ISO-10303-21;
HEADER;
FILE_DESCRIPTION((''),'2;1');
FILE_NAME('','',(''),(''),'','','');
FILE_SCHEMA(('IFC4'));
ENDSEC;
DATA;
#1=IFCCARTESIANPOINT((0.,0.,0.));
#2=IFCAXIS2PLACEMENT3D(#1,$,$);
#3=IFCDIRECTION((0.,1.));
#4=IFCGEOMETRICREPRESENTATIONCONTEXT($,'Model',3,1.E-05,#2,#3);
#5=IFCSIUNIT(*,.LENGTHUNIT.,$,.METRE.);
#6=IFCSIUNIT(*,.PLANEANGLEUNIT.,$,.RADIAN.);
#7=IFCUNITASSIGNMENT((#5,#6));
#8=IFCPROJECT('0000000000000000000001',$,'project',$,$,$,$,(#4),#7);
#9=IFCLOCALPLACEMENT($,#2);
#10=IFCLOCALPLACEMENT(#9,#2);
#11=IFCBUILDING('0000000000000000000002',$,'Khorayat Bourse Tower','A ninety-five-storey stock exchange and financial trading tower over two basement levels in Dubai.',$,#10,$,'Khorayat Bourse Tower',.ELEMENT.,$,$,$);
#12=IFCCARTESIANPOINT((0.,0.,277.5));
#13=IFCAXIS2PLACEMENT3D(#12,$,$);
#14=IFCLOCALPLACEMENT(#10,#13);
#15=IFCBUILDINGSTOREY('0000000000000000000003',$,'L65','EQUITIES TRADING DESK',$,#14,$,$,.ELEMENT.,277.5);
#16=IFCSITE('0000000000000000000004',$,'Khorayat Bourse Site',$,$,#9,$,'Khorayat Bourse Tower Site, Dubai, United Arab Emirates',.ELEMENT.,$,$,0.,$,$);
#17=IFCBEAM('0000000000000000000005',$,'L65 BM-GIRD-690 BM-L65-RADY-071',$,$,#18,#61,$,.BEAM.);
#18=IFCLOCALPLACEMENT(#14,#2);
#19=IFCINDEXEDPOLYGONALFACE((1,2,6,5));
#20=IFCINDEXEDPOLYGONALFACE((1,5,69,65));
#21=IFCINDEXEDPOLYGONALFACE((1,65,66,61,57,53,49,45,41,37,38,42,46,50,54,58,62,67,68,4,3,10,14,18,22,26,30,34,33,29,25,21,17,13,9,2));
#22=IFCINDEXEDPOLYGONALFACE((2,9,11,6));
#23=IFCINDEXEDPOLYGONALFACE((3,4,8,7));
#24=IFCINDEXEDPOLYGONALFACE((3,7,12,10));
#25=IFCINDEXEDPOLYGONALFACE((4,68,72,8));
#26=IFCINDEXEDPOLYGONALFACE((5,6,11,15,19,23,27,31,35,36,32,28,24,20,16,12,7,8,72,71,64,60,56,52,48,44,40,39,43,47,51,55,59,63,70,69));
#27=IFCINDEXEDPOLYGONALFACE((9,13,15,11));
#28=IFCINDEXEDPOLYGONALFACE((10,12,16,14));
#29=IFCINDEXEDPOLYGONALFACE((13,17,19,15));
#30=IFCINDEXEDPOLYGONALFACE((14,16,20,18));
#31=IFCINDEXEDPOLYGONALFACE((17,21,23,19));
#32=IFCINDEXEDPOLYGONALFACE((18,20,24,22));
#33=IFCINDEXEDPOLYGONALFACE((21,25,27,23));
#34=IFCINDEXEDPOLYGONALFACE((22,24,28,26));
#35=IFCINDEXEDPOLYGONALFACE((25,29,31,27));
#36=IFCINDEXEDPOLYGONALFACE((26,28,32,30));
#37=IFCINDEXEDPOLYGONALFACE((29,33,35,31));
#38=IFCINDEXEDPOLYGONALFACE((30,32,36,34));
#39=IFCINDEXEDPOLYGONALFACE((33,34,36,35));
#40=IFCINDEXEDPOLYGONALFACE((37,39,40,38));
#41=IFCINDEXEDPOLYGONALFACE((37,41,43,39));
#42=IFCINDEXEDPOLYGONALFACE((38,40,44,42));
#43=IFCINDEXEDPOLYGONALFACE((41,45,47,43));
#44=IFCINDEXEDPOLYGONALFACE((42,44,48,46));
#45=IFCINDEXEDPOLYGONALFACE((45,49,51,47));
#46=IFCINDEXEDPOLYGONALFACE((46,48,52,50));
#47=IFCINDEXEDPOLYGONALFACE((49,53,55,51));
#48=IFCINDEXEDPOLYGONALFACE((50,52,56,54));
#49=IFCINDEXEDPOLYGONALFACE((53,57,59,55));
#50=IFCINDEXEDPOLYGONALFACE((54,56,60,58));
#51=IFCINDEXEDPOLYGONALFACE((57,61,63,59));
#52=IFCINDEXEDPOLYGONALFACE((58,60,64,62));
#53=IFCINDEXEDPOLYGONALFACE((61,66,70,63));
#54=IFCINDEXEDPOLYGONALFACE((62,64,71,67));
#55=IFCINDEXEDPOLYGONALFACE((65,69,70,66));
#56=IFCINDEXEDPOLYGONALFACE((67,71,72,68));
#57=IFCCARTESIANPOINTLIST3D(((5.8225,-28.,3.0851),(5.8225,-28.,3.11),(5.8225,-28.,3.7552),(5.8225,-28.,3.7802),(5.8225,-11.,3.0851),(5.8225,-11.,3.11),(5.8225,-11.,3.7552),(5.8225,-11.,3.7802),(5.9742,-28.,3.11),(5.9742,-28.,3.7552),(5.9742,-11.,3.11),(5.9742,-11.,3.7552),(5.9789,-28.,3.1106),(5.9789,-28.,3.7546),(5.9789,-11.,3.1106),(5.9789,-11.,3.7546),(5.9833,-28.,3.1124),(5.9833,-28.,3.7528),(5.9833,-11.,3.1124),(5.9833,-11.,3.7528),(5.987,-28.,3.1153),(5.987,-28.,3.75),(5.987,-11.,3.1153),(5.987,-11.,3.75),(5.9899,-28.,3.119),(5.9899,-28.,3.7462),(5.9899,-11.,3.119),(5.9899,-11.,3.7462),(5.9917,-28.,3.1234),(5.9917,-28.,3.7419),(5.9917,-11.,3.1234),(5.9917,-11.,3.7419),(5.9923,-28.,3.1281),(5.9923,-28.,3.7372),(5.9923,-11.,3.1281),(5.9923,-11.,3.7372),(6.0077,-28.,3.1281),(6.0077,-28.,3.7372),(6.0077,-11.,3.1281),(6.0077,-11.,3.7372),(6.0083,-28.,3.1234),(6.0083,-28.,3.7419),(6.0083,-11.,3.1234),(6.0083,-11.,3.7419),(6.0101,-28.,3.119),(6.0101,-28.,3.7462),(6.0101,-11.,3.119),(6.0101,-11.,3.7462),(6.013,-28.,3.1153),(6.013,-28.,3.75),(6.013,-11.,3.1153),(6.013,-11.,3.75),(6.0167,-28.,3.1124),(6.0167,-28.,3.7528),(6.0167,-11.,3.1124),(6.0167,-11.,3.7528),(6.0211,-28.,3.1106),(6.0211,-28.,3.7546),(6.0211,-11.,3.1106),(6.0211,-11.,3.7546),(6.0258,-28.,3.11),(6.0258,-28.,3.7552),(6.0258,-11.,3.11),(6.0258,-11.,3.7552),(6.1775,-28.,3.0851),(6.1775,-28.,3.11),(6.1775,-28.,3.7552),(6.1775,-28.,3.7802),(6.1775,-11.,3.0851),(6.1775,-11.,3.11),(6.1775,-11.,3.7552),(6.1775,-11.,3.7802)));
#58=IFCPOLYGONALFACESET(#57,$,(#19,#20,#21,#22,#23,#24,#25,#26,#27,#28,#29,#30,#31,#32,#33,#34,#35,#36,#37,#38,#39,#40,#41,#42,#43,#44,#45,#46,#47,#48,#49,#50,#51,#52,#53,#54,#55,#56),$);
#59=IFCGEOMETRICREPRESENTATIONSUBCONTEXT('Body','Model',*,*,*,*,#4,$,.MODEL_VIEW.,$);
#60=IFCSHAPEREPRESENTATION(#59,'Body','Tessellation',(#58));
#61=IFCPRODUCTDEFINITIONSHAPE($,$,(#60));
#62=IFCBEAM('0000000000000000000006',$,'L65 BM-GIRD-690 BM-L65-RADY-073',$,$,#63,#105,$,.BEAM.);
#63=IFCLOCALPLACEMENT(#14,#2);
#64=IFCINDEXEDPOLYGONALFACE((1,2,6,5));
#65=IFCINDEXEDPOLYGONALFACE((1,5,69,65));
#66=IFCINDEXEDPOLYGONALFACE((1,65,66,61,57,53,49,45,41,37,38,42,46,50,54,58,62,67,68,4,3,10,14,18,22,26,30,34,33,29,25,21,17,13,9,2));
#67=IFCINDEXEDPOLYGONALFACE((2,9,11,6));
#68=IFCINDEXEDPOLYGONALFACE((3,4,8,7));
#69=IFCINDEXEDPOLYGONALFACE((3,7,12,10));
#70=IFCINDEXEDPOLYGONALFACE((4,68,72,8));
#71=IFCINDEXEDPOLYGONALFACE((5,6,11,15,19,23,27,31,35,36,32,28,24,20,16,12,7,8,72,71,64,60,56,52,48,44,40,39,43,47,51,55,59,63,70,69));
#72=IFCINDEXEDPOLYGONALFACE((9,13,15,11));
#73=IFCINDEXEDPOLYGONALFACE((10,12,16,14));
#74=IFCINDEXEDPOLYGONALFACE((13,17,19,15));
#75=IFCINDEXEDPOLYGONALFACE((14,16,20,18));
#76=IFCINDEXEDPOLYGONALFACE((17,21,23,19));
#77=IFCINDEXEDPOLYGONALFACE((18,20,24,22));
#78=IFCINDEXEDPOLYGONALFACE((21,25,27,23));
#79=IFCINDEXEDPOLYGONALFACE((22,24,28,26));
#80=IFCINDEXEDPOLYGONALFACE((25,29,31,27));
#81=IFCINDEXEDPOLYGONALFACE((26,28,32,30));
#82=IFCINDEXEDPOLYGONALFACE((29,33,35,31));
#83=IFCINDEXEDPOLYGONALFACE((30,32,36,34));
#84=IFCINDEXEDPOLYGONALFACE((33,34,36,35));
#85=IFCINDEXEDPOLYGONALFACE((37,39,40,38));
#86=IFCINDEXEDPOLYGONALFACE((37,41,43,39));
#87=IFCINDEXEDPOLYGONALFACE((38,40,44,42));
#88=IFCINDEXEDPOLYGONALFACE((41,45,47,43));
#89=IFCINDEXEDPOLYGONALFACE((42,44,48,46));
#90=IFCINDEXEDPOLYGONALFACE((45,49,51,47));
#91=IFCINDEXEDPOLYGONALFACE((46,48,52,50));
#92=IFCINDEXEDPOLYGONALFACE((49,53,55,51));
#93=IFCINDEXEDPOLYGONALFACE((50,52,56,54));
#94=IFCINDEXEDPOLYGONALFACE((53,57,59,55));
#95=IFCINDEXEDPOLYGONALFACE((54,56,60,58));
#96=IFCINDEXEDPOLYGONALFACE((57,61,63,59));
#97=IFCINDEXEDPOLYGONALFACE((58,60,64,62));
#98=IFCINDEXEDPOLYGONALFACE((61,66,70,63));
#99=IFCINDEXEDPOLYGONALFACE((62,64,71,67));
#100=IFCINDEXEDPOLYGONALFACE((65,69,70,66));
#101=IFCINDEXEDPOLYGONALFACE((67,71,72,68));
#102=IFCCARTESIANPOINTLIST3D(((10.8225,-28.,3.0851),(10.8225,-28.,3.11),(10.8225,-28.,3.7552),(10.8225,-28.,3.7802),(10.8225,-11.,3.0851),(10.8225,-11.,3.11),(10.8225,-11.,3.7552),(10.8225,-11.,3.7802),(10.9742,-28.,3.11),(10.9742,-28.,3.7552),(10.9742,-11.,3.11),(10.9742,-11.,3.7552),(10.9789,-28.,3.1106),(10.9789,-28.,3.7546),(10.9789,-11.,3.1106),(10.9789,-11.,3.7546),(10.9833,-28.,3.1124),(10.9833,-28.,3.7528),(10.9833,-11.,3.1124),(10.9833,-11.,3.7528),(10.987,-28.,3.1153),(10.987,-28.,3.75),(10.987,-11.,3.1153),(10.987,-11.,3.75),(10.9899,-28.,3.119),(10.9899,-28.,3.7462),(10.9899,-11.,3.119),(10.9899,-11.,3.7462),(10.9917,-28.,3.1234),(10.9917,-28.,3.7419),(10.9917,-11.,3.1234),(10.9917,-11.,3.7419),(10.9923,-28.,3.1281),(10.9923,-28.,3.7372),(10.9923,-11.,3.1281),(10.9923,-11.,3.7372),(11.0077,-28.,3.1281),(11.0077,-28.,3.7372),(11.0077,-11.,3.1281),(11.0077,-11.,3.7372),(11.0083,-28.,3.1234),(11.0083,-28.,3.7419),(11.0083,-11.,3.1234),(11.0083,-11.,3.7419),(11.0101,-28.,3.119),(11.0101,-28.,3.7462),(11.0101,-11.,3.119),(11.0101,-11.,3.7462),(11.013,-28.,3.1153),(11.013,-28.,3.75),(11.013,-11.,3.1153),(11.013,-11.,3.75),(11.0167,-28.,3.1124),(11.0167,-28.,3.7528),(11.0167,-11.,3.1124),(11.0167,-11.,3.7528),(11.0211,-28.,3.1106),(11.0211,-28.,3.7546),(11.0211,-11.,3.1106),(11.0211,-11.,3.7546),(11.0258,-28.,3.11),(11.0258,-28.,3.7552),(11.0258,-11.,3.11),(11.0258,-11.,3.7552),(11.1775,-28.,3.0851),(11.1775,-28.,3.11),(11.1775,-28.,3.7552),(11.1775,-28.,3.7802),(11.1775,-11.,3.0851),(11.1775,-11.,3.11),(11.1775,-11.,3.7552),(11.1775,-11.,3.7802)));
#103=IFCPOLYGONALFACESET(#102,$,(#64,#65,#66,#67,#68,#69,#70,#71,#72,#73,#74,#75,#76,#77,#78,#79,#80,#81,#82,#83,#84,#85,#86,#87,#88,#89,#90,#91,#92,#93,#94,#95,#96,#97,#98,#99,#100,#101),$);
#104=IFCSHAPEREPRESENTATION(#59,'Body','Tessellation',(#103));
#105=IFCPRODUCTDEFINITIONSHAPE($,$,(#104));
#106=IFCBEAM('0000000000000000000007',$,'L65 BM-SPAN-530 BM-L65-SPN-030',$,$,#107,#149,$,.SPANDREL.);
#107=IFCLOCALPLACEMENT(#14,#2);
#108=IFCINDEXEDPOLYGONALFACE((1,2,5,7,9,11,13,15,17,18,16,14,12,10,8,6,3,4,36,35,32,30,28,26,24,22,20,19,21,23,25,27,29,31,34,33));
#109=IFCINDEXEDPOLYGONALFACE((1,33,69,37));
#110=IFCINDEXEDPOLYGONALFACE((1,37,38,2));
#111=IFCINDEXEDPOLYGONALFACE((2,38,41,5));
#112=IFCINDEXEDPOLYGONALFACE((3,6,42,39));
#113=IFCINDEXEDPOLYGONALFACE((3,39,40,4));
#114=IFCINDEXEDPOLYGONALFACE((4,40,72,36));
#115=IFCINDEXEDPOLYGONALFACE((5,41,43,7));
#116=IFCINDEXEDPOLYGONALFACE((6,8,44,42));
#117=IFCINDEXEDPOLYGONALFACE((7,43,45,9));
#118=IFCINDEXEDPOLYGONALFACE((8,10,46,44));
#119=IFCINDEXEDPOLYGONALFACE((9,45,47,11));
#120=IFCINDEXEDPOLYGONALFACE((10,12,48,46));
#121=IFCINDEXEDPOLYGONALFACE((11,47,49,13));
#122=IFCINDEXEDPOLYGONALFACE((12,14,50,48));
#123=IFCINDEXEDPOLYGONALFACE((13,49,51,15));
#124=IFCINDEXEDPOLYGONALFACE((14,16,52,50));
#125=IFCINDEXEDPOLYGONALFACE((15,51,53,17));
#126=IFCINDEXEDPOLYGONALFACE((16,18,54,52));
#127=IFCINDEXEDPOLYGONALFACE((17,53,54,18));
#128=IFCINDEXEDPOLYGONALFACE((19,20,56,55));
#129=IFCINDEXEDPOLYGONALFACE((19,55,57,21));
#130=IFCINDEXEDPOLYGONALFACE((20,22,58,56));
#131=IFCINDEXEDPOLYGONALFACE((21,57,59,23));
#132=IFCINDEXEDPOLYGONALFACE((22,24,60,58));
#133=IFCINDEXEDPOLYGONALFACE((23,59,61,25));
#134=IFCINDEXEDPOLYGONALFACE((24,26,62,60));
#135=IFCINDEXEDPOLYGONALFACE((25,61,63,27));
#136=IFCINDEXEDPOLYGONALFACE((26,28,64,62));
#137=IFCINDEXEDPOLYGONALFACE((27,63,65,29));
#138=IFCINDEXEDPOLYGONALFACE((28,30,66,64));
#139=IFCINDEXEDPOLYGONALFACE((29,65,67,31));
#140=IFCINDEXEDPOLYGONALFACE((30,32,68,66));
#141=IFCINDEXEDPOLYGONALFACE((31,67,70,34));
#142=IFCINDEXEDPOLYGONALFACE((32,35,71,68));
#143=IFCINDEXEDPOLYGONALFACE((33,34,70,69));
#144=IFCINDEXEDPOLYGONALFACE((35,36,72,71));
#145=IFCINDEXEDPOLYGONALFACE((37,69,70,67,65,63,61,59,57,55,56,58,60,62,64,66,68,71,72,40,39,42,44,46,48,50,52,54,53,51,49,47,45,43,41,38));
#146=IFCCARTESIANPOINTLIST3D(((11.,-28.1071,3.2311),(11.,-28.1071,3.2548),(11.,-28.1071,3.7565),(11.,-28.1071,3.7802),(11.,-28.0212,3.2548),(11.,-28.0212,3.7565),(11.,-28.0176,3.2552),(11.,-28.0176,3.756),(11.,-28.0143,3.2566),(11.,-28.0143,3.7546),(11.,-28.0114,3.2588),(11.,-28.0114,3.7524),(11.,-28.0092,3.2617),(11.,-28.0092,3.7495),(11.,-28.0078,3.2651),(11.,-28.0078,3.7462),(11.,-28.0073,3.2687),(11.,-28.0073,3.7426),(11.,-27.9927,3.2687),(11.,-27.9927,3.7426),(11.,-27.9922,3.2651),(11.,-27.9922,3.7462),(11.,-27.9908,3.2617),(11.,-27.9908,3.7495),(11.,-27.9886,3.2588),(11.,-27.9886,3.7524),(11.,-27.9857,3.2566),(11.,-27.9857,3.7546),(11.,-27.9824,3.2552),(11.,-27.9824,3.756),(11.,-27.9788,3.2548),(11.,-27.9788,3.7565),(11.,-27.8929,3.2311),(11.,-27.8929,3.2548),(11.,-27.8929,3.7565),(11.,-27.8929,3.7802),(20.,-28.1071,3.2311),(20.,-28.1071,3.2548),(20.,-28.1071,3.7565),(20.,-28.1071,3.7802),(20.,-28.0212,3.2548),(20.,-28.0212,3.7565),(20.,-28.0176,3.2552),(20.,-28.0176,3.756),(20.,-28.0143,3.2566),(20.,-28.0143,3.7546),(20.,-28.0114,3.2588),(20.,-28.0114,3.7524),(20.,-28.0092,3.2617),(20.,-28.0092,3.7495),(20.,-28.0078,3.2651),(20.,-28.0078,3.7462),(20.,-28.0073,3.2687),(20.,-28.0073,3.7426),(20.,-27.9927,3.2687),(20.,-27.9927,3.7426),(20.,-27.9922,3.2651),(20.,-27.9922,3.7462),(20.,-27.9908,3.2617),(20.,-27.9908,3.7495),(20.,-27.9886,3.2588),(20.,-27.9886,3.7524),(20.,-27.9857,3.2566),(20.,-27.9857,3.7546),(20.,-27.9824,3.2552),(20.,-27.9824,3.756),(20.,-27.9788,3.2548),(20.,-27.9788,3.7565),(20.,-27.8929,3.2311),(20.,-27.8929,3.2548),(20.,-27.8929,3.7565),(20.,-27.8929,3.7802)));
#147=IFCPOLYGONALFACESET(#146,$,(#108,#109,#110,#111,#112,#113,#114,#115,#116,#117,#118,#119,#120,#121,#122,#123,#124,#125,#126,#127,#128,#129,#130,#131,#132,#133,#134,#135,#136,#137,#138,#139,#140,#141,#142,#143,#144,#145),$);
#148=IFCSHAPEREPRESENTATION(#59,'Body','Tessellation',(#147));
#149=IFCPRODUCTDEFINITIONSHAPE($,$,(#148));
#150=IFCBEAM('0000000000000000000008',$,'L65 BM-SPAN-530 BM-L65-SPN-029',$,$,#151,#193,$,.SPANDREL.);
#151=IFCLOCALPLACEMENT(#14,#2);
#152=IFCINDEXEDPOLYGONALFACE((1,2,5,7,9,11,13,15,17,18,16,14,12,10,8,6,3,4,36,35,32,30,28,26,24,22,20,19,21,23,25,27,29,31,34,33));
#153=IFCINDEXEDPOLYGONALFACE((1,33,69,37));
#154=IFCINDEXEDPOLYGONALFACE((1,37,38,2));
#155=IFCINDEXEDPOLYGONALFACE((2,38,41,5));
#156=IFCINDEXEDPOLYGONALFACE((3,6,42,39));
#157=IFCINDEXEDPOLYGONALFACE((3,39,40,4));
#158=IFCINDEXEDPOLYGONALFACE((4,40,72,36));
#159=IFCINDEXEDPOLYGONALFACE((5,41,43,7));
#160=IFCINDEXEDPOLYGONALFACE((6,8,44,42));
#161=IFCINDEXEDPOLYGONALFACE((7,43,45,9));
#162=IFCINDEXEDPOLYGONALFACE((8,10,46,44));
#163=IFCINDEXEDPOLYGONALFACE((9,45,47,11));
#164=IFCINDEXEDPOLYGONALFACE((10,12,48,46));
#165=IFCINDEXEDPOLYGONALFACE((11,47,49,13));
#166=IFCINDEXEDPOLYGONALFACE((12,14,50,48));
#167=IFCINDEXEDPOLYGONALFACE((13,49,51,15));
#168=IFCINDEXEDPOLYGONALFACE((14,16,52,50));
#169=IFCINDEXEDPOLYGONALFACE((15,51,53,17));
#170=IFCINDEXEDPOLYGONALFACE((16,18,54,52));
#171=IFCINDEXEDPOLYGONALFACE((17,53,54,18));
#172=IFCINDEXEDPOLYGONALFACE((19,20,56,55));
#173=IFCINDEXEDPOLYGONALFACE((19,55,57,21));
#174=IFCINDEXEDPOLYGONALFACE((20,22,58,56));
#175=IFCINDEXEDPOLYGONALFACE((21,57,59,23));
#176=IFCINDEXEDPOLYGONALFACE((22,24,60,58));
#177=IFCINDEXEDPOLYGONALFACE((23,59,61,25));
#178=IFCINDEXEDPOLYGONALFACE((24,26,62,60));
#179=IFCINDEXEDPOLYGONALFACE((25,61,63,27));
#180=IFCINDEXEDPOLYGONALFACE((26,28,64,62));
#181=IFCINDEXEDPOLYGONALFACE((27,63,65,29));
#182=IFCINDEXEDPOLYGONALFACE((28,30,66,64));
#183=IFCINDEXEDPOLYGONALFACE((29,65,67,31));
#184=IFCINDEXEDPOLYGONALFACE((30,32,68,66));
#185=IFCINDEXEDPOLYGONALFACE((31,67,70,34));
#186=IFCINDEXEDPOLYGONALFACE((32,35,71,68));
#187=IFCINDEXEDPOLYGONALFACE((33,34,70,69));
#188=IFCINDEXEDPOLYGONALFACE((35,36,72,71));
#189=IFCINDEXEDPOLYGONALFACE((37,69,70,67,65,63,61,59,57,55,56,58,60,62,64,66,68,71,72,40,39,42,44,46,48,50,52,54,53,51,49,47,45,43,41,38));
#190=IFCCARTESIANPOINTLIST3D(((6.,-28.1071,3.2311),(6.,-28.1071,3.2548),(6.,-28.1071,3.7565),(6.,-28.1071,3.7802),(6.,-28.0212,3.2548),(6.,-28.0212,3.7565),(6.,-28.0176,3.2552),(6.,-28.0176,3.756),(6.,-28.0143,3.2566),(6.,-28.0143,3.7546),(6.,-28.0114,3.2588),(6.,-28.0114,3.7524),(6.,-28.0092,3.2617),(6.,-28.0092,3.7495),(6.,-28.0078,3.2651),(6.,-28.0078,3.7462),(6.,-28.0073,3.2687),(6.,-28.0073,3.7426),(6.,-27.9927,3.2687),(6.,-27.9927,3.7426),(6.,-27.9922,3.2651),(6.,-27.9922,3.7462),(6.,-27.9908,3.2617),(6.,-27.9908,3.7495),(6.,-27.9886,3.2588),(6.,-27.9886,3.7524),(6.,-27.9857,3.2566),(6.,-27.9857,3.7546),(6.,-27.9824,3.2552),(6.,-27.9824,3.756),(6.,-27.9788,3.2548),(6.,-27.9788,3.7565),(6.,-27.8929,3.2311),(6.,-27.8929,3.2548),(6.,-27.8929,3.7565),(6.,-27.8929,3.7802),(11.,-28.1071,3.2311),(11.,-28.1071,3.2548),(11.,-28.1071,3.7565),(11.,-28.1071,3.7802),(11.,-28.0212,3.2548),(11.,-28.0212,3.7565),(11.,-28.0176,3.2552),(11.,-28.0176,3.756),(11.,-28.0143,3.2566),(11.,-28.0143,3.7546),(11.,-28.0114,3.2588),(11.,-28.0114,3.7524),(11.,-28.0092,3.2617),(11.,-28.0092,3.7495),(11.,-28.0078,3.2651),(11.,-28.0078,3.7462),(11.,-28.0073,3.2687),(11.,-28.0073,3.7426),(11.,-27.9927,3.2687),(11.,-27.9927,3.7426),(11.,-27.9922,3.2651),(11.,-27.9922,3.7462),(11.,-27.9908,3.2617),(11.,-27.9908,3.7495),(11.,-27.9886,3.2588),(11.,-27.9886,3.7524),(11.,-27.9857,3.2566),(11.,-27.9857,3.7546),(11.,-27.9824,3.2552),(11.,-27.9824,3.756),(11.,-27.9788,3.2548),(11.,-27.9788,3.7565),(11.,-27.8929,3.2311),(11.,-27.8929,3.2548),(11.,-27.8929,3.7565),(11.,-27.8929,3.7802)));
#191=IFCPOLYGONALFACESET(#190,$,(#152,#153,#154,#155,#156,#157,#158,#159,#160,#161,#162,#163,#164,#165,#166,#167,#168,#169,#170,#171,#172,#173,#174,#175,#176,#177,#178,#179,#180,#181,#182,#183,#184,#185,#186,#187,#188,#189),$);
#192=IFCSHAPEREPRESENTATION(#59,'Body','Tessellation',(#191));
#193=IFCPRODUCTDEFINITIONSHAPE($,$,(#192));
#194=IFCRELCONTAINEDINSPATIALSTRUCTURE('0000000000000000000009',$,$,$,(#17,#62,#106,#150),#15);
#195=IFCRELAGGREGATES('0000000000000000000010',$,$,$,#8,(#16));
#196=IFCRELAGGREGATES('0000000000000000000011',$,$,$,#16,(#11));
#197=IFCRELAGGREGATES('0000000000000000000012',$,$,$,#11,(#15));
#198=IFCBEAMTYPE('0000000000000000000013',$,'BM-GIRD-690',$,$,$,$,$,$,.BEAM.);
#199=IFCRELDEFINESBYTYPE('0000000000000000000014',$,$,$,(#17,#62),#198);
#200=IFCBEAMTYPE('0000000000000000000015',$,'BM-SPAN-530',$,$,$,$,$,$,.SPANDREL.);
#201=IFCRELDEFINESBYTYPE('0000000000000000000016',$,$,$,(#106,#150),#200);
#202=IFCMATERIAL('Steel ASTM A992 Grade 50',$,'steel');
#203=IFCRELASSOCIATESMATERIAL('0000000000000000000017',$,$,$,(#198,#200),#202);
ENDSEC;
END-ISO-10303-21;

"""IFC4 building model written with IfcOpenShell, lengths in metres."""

from ifc_helpers import new_model, si_unit, direction, frame, origin, origin_2d, place, context, subcontext, project, spatial, i_section, extrude, source, transform, mapped, material, material_profile, profile_set, type_object, element, save


model = new_model("IFC4")

# Units and contexts
model_context = context("Model", 3, precision=1e-05, world=origin(), true_north=direction((0.0, 1.0)))
body_context = subcontext(model_context, "Body", "Model", "MODEL_VIEW")
ifc_project = project(units=[si_unit("LENGTHUNIT", "METRE"), si_unit("PLANEANGLEUNIT", "RADIAN")], contexts=[model_context])

# Site, building, storey
site_placement = place(None, origin())
site = spatial("IfcSite", under=ifc_project, at=site_placement, Name="Khorayat Bourse Site", LongName="Khorayat Bourse Tower Site, Dubai, United Arab Emirates", CompositionType="ELEMENT", RefElevation=0.0)
building_placement = place(site_placement, origin())
building = spatial("IfcBuilding", under=site, at=building_placement, Name="Khorayat Bourse Tower", Description="A ninety-five-storey stock exchange and financial trading tower over two basement levels in Dubai.", LongName="Khorayat Bourse Tower", CompositionType="ELEMENT")
storey_placement = place(building_placement, frame((0.0, 0.0, 277.5)))
storey = spatial("IfcBuildingStorey", under=building, at=storey_placement, Name="L65", Description="EQUITIES TRADING DESK", CompositionType="ELEMENT", Elevation=277.5)

# Shared definitions
ifc_material_1 = material(Name="Steel ASTM A992 Grade 50", Category="steel")
ifc_material_profile_1 = material_profile(ifc_material_1, i_section(OverallWidth=0.355, OverallDepth=0.6951, WebThickness=0.0154, FlangeThickness=0.0249, FilletRadius=0.0181, at=origin_2d()), Name="W690X217")
ifc_profile_set_1 = profile_set([ifc_material_profile_1], Name="Steel ASTM A992 Grade 50")
beam_type_1 = type_object("IfcBeamType", Name="BM-GIRD-690", PredefinedType="BEAM", material=ifc_profile_set_1)

# Beams
shared_shape_1 = source(origin(), body_context, "Body", "SweptSolid", [
    extrude(i_section(OverallWidth=0.355, OverallDepth=0.6951, WebThickness=0.0154, FlangeThickness=0.0249, FilletRadius=0.0181, at=origin_2d()), origin(), (0.0, 0.0, 1.0), 17.0),
])
for number, where, z_axis, x_axis, name in (
    (1, (6.0, -28.0, 3.4326), (0.0, 1.0, 0.0), (-1.0, 0.0, 0.0), "L65 BM-GIRD-690 BM-L65-RADY-071"),
    (2, (11.0, -28.0, 3.4326), (0.0, 1.0, 0.0), (-1.0, 0.0, 0.0), "L65 BM-GIRD-690 BM-L65-RADY-073"),
):
    element("IfcBeam", number, at=place(storey_placement, frame(where, z_axis=z_axis, x_axis=x_axis)), inside=storey, type_object=beam_type_1, Name=name, PredefinedType="BEAM", context=body_context, shape_type="MappedRepresentation", body=[
        mapped(shared_shape_1, transform((0.0, 0.0, 0.0), scale=1.0)),
    ])
ifc_material_profile_2 = material_profile(ifc_material_1, i_section(OverallWidth=0.2141, OverallDepth=0.5491, WebThickness=0.0146, FlangeThickness=0.0237, FilletRadius=0.0139, at=origin_2d()), Name="W530X138")
ifc_profile_set_2 = profile_set([ifc_material_profile_2], Name="Steel ASTM A992 Grade 50")
beam_type_2 = type_object("IfcBeamType", Name="BM-SPAN-530", PredefinedType="SPANDREL", material=ifc_profile_set_2)
shared_shape_2 = source(origin(), body_context, "Body", "SweptSolid", [
    extrude(i_section(OverallWidth=0.2141, OverallDepth=0.5491, WebThickness=0.0146, FlangeThickness=0.0237, FilletRadius=0.0139, at=origin_2d()), origin(), (0.0, 0.0, 1.0), 9.0),
])
beam_1_placement = place(storey_placement, frame((11.0, -28.0, 3.5056), z_axis=(1.0, 0.0, 0.0), x_axis=(0.0, 1.0, 0.0)))
element("IfcBeam", 3, at=beam_1_placement, inside=storey, type_object=beam_type_2, Name="L65 BM-SPAN-530 BM-L65-SPN-030", PredefinedType="SPANDREL", context=body_context, shape_type="MappedRepresentation", body=[
    mapped(shared_shape_2, transform((0.0, 0.0, 0.0), scale=1.0)),
])
shared_shape_3 = source(origin(), body_context, "Body", "SweptSolid", [
    extrude(i_section(OverallWidth=0.2141, OverallDepth=0.5491, WebThickness=0.0146, FlangeThickness=0.0237, FilletRadius=0.0139, at=origin_2d()), origin(), (0.0, 0.0, 1.0), 5.0),
])
beam_2_placement = place(storey_placement, frame((6.0, -28.0, 3.5056), z_axis=(1.0, 0.0, 0.0), x_axis=(0.0, 1.0, 0.0)))
element("IfcBeam", 4, at=beam_2_placement, inside=storey, type_object=beam_type_2, Name="L65 BM-SPAN-530 BM-L65-SPN-029", PredefinedType="SPANDREL", context=body_context, shape_type="MappedRepresentation", body=[
    mapped(shared_shape_3, transform((0.0, 0.0, 0.0), scale=1.0)),
])

save(model, "model.ifc")
